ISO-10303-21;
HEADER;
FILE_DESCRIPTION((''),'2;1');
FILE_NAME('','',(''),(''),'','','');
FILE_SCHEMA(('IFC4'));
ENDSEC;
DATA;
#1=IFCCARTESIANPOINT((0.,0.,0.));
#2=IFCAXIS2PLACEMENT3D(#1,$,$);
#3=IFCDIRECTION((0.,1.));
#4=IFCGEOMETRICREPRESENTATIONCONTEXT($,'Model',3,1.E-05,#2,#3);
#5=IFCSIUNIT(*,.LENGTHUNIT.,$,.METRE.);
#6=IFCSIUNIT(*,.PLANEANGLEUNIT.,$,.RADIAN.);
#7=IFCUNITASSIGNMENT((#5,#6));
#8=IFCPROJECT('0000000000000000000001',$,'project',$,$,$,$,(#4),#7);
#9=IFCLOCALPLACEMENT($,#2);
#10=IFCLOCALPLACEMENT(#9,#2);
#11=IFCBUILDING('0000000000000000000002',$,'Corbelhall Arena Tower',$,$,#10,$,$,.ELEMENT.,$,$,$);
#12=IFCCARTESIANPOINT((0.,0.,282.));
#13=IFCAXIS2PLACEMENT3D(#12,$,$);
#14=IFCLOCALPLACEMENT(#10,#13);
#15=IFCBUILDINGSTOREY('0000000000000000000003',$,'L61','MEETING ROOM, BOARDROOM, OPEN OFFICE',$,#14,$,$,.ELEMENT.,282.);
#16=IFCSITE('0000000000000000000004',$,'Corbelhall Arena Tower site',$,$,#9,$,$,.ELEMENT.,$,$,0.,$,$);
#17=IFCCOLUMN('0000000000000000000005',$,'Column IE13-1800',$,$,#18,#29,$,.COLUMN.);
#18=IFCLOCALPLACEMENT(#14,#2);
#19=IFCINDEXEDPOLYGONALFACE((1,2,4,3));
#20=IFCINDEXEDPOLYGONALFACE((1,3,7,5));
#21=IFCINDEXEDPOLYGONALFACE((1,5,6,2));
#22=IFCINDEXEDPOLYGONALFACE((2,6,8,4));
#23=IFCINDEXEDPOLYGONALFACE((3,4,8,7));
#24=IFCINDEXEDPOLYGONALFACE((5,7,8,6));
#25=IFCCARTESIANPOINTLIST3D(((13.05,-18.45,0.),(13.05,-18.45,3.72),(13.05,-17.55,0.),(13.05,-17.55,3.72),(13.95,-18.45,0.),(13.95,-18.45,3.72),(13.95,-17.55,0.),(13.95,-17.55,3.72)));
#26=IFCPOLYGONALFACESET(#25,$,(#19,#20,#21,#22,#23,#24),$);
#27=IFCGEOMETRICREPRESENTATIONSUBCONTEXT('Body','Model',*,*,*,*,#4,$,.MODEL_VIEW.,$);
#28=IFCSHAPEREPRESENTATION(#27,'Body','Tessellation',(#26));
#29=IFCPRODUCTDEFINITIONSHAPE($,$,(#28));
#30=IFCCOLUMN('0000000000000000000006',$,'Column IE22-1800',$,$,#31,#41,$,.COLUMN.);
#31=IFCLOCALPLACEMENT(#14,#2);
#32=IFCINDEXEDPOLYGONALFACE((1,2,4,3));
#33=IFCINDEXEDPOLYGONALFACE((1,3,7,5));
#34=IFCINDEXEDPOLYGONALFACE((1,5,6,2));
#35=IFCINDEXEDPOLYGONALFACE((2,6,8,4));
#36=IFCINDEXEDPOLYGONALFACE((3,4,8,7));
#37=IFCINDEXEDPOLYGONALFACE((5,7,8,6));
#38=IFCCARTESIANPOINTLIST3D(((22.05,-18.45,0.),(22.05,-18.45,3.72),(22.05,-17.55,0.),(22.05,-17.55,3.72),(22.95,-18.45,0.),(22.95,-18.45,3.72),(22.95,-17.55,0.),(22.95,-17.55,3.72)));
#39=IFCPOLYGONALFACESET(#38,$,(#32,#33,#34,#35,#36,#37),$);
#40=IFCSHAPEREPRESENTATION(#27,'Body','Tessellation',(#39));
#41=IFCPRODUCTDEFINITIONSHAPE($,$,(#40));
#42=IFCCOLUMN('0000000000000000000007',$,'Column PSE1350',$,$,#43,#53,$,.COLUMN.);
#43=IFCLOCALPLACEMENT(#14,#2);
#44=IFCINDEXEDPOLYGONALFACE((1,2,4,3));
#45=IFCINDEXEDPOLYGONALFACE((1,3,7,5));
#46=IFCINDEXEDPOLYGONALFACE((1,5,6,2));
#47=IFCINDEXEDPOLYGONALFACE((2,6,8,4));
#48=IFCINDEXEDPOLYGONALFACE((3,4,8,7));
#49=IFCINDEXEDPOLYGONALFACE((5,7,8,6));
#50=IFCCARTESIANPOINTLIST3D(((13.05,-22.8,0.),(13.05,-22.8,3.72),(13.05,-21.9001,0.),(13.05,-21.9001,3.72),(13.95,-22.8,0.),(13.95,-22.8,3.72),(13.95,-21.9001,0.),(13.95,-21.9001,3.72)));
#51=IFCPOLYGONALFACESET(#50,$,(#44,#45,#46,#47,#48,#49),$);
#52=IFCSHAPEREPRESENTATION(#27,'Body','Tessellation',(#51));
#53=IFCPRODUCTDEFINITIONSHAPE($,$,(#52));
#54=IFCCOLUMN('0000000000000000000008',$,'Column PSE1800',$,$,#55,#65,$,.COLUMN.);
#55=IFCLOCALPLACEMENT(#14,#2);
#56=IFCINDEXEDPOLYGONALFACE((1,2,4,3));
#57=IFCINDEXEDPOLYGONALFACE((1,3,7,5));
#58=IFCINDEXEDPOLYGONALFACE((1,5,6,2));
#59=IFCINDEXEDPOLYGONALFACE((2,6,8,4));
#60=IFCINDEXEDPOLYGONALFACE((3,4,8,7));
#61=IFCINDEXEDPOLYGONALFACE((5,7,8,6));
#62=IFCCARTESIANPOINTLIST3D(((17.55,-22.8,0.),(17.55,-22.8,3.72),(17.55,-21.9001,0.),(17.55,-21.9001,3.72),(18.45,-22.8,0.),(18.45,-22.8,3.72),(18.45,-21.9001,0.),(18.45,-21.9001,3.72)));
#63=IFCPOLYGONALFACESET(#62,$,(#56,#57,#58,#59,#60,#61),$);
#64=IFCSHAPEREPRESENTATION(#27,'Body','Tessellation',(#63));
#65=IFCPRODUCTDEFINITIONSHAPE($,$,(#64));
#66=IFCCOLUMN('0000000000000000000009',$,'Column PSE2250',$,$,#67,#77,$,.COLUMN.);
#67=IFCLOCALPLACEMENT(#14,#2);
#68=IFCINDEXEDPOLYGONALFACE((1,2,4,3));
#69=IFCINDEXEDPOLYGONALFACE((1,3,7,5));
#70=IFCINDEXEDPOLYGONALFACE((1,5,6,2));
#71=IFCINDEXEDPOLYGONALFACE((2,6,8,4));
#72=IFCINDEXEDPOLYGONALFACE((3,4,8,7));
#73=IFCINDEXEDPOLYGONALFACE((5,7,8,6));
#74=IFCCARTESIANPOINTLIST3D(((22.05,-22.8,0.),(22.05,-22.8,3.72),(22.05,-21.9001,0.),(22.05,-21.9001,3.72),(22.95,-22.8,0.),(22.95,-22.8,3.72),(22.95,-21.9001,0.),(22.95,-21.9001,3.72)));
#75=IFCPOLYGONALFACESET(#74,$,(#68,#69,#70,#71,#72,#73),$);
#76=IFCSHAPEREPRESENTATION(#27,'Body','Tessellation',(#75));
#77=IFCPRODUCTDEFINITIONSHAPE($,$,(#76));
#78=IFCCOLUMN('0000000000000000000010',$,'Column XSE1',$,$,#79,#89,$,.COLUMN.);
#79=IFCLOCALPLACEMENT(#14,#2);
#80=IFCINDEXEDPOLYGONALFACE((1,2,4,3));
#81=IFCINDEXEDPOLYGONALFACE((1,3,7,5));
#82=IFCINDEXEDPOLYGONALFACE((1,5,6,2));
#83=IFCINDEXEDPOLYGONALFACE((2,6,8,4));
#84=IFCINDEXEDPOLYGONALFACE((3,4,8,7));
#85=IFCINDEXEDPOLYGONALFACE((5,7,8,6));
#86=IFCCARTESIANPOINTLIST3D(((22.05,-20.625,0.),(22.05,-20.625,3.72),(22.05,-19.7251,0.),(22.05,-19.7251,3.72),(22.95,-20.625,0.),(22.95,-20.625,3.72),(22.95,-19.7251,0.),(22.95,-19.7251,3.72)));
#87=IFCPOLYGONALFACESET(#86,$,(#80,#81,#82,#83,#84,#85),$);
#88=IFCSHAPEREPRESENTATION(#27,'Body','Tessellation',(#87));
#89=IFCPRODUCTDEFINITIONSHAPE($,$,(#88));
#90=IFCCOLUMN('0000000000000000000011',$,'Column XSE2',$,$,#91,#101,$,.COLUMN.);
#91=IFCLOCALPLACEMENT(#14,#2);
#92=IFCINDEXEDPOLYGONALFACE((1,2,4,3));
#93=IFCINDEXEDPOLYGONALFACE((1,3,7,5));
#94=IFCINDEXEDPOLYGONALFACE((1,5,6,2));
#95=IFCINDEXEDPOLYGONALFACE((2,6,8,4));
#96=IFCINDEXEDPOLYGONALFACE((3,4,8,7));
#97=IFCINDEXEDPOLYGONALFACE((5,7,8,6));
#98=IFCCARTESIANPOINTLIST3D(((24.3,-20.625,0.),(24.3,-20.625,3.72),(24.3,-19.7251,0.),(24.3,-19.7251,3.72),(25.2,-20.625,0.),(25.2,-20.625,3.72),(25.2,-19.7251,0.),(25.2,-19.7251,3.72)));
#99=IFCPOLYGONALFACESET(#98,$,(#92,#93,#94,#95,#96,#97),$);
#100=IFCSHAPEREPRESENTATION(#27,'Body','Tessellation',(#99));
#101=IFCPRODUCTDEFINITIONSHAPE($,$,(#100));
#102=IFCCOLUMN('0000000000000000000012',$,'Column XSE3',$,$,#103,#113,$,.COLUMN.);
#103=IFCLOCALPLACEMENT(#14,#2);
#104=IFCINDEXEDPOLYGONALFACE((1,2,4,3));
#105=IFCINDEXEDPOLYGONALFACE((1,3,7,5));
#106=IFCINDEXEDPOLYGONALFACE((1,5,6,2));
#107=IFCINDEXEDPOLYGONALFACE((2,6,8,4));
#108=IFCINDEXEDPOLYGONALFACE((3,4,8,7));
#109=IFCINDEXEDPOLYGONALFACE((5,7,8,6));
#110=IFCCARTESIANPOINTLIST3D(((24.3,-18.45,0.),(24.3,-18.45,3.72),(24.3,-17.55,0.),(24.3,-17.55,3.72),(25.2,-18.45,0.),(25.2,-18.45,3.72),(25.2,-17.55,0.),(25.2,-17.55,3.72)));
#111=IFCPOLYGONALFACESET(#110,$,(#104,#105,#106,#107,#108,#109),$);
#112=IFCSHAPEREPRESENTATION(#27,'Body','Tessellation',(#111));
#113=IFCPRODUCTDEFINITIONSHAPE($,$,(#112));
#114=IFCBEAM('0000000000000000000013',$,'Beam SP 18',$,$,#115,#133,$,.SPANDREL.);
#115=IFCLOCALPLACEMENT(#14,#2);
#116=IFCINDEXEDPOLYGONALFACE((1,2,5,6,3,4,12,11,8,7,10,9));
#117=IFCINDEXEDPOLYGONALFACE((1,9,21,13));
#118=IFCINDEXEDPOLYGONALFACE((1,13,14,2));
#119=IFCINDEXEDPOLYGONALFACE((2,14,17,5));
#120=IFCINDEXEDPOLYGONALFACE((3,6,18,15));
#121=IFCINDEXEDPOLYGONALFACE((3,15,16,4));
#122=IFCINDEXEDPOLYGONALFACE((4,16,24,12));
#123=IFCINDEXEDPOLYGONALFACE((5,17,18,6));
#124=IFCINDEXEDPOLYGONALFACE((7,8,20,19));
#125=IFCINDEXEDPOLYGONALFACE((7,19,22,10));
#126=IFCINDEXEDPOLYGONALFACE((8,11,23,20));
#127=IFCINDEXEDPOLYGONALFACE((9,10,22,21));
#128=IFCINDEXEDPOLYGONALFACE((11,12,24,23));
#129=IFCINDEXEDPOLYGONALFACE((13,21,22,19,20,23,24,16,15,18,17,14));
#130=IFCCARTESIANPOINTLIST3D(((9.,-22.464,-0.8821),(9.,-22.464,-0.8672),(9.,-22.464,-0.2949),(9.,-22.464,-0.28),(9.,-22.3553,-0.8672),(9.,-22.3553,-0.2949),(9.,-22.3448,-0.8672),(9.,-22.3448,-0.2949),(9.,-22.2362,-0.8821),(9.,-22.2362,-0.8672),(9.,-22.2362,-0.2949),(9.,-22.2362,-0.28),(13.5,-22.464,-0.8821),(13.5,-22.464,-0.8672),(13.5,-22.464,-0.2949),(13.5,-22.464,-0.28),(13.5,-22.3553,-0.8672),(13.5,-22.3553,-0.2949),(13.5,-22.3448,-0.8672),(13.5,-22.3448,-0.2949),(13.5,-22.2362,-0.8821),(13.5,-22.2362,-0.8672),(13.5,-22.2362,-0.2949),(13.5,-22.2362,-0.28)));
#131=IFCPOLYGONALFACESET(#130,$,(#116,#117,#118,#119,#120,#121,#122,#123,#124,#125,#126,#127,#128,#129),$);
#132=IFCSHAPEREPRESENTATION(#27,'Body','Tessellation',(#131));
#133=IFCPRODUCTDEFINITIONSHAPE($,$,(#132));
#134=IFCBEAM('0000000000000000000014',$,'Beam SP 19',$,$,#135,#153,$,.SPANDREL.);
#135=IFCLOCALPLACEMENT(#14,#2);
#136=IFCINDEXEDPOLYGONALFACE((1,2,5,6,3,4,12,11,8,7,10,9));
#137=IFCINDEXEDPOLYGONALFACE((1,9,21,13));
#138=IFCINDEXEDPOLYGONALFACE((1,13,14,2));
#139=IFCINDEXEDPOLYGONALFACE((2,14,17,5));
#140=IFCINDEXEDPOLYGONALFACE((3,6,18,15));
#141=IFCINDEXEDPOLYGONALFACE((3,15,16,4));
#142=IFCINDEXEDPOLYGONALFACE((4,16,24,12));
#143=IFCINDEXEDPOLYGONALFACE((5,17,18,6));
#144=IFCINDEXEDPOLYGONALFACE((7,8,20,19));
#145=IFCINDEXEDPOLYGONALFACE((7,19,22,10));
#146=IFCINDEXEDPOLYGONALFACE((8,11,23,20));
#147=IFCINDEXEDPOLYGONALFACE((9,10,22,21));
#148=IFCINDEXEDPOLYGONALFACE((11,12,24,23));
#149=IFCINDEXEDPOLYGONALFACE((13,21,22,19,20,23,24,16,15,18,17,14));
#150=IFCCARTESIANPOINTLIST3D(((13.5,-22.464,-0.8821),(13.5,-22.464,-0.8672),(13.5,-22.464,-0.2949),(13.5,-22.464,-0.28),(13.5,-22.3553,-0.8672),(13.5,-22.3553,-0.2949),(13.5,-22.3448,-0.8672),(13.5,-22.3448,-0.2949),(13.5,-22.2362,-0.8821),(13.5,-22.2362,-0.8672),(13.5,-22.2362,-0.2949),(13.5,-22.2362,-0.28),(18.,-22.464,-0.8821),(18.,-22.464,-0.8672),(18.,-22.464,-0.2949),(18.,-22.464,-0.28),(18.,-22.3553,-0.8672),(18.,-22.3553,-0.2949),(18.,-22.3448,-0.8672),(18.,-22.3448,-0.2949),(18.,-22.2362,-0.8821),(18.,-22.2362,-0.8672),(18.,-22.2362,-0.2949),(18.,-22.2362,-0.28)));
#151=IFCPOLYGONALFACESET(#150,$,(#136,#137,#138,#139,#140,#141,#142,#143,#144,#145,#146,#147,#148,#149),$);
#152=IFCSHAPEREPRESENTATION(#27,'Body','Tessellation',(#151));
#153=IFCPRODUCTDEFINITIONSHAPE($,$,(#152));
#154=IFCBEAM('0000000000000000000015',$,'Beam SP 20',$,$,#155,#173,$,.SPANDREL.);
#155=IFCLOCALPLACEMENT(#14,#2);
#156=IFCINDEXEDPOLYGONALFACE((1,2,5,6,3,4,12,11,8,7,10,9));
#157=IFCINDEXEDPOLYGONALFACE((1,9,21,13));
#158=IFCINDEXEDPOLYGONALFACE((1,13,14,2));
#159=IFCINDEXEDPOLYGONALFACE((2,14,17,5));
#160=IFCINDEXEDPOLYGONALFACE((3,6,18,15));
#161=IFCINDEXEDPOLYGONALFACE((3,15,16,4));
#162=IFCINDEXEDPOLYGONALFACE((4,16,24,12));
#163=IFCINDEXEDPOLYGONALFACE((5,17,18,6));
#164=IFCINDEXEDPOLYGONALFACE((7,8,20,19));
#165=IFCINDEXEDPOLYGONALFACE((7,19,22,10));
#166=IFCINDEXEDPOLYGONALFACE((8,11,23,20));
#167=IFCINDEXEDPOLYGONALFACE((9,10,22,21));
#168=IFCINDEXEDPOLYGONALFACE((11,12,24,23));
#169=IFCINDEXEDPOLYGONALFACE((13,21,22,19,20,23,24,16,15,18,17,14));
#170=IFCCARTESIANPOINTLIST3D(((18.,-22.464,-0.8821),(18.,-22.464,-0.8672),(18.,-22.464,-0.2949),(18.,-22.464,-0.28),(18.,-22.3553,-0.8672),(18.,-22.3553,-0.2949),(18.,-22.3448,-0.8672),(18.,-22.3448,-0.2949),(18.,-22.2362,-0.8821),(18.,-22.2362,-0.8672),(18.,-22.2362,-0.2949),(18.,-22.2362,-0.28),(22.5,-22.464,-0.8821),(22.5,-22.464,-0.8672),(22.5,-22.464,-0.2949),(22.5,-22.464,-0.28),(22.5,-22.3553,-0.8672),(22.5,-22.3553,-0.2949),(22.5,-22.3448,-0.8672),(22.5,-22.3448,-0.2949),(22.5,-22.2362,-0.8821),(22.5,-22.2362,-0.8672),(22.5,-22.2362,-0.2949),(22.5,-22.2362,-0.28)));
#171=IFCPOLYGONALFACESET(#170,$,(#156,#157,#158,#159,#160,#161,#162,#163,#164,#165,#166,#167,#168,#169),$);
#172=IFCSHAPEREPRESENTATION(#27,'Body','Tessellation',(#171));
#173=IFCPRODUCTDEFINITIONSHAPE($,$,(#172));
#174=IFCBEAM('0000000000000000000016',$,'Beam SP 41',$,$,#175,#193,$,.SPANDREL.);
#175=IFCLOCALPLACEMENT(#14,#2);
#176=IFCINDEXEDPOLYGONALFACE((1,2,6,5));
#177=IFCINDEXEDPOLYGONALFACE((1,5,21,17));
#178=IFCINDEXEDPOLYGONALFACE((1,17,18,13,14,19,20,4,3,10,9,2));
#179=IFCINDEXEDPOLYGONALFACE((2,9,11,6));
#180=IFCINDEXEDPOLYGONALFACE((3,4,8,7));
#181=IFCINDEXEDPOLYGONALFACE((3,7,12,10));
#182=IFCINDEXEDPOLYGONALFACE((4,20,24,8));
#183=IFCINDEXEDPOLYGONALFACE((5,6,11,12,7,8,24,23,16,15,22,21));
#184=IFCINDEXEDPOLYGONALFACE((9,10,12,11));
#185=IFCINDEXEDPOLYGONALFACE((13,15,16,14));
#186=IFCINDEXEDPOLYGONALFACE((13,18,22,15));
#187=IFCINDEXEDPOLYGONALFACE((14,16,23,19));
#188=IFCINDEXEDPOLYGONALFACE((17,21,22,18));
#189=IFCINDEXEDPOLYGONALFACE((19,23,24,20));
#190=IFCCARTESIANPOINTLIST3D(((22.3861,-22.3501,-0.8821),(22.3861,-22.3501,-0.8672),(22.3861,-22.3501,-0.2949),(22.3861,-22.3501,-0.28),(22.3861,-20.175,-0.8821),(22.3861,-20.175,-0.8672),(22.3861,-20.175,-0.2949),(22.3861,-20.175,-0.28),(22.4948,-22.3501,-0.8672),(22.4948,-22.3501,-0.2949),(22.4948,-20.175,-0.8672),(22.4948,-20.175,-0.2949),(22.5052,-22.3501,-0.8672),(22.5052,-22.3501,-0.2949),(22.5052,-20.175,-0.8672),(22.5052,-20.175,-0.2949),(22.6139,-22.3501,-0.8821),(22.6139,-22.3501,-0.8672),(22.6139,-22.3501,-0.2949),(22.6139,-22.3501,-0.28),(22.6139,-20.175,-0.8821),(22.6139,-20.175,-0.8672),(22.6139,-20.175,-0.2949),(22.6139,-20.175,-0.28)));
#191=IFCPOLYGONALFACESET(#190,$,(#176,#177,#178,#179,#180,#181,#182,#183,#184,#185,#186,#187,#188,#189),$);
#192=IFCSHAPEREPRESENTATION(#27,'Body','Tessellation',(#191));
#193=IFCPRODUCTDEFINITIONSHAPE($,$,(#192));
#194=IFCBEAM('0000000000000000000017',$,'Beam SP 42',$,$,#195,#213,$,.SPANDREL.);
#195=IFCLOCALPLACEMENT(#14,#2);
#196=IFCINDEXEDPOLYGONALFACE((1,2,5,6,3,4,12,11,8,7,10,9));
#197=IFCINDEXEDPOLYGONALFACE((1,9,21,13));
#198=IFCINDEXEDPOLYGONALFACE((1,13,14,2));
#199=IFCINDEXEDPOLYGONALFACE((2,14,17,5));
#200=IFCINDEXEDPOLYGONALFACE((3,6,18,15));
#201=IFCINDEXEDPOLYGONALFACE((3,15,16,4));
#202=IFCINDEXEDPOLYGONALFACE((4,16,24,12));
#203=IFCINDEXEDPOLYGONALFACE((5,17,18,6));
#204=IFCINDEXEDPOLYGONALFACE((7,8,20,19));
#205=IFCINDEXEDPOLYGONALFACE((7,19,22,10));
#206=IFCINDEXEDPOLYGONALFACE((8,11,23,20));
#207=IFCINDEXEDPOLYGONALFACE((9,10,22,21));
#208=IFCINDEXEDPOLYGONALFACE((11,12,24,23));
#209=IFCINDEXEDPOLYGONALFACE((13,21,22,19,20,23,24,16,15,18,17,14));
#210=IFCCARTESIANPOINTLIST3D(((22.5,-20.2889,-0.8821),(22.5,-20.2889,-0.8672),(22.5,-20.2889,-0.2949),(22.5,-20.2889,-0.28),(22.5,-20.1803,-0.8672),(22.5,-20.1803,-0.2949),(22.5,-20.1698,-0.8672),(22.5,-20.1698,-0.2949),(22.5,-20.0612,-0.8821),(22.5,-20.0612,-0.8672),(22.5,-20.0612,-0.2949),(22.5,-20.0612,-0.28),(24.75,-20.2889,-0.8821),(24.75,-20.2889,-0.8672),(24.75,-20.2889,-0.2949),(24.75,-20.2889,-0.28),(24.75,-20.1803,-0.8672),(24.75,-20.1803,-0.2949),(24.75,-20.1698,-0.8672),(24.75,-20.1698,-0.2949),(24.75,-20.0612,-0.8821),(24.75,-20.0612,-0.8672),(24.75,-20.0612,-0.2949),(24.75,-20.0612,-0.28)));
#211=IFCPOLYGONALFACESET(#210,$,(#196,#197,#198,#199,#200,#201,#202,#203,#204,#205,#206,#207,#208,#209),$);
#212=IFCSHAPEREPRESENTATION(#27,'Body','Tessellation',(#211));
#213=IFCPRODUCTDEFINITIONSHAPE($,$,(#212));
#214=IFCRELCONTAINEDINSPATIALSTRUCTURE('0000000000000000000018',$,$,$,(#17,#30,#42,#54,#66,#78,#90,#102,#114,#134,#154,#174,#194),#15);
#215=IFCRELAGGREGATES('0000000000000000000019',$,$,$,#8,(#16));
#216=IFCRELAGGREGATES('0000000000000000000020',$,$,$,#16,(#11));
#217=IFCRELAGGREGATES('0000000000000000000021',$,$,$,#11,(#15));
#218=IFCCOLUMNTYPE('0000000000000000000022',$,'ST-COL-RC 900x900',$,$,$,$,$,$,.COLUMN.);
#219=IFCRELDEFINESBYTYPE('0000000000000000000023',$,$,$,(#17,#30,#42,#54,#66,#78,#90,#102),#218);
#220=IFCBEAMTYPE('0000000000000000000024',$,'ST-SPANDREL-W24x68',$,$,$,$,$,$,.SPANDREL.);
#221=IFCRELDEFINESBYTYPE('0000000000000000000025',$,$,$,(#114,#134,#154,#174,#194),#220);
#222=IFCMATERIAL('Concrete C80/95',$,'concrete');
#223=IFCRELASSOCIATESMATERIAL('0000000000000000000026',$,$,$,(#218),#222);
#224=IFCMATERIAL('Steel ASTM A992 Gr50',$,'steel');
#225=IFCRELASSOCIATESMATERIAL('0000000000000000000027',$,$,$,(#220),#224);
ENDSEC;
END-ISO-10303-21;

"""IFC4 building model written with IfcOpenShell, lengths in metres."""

from ifc_helpers import new_model, si_unit, direction, frame, origin, origin_2d, place, context, subcontext, project, spatial, rectangle, i_section, extrude, material, material_profile, profile_set, type_object, element, save


model = new_model("IFC4")

# Units and contexts
model_context = context("Model", 3, precision=1e-05, world=origin(), true_north=direction((0.0, 1.0)))
body_context = subcontext(model_context, "Body", "Model", "MODEL_VIEW")
ifc_project = project(units=[si_unit("LENGTHUNIT", "METRE"), si_unit("PLANEANGLEUNIT", "RADIAN")], contexts=[model_context])

# Site, building, storey
site_placement = place(None, origin())
site = spatial("IfcSite", under=ifc_project, at=site_placement, Name="Corbelhall Arena Tower site", CompositionType="ELEMENT", RefElevation=0.0)
building_placement = place(site_placement, origin())
building = spatial("IfcBuilding", under=site, at=building_placement, Name="Corbelhall Arena Tower", CompositionType="ELEMENT")
storey_placement = place(building_placement, frame((0.0, 0.0, 282.0)))
storey = spatial("IfcBuildingStorey", under=building, at=storey_placement, Name="L61", Description="MEETING ROOM, BOARDROOM, OPEN OFFICE", CompositionType="ELEMENT", Elevation=282.0)

# Columns
ifc_material_1 = material(Name="Concrete C80/95", Category="concrete")
ifc_material_profile_1 = material_profile(ifc_material_1, rectangle(XDim=0.8999, YDim=0.8999, at=origin_2d()))
ifc_profile_set_1 = profile_set([ifc_material_profile_1], Name="Concrete C80/95")
column_type = type_object("IfcColumnType", Name="ST-COL-RC 900x900", PredefinedType="COLUMN", material=ifc_profile_set_1)
for number, where, z_axis, x_axis, name in (
    (1, (13.5, -18.0, 0.0), (0.0, 0.0, 1.0), (1.0, 0.0, 0.0), "Column IE13-1800"),
    (2, (22.5, -18.0, 0.0), (0.0, 0.0, 1.0), (1.0, 0.0, 0.0), "Column IE22-1800"),
    (3, (13.5, -22.3501, 0.0), (0.0, 0.0, 1.0), (1.0, 0.0, 0.0), "Column PSE1350"),
    (4, (18.0, -22.3501, 0.0), (0.0, 0.0, 1.0), (1.0, 0.0, 0.0), "Column PSE1800"),
    (5, (22.5, -22.3501, 0.0), (0.0, 0.0, 1.0), (1.0, 0.0, 0.0), "Column PSE2250"),
    (6, (22.5, -20.175, 0.0), (0.0, 0.0, 1.0), (1.0, 0.0, 0.0), "Column XSE1"),
    (7, (24.75, -20.175, 0.0), (0.0, 0.0, 1.0), (1.0, 0.0, 0.0), "Column XSE2"),
    (8, (24.75, -18.0, 0.0), (0.0, 0.0, 1.0), (1.0, 0.0, 0.0), "Column XSE3"),
):
    element("IfcColumn", number, at=place(storey_placement, frame(where, z_axis=z_axis, x_axis=x_axis)), inside=storey, type_object=column_type, Name=name, PredefinedType="COLUMN", context=body_context, shape_type="SweptSolid", body=[
        extrude(rectangle(XDim=0.8999, YDim=0.8999, at=origin_2d()), origin(), (0.0, 0.0, 1.0), 3.72),
    ])

# Beams
ifc_material_2 = material(Name="Steel ASTM A992 Gr50", Category="steel")
ifc_material_profile_2 = material_profile(ifc_material_2, i_section(OverallWidth=0.2278, OverallDepth=0.6021, WebThickness=0.0105, FlangeThickness=0.0149, at=origin_2d()))
ifc_profile_set_2 = profile_set([ifc_material_profile_2], Name="Steel ASTM A992 Gr50")
beam_type = type_object("IfcBeamType", Name="ST-SPANDREL-W24x68", PredefinedType="SPANDREL", material=ifc_profile_set_2)
for number, where, z_axis, x_axis, name in (
    (9, (13.5, -22.3501, -0.5811), (-1.0, 0.0, 0.0), (0.0, -1.0, 0.0), "Beam SP 18"),
    (10, (18.0, -22.3501, -0.5811), (-1.0, 0.0, 0.0), (0.0, -1.0, 0.0), "Beam SP 19"),
    (11, (22.5, -22.3501, -0.5811), (-1.0, 0.0, 0.0), (0.0, -1.0, 0.0), "Beam SP 20"),
):
    element("IfcBeam", number, at=place(storey_placement, frame(where, z_axis=z_axis, x_axis=x_axis)), inside=storey, type_object=beam_type, Name=name, PredefinedType="SPANDREL", context=body_context, shape_type="SweptSolid", body=[
        extrude(i_section(OverallWidth=0.2278, OverallDepth=0.6021, WebThickness=0.0105, FlangeThickness=0.0149, at=origin_2d()), origin(), (0.0, 0.0, 1.0), 4.5),
    ])
beam_1_placement = place(storey_placement, frame((22.5, -20.175, -0.5811), z_axis=(0.0, -1.0, 0.0), x_axis=(1.0, 0.0, 0.0)))
element("IfcBeam", 12, at=beam_1_placement, inside=storey, type_object=beam_type, Name="Beam SP 41", PredefinedType="SPANDREL", context=body_context, shape_type="SweptSolid", body=[
    extrude(i_section(OverallWidth=0.2278, OverallDepth=0.6021, WebThickness=0.0105, FlangeThickness=0.0149, at=origin_2d()), origin(), (0.0, 0.0, 1.0), 2.175),
])
beam_2_placement = place(storey_placement, frame((24.75, -20.175, -0.5811), z_axis=(-1.0, 0.0, 0.0), x_axis=(0.0, -1.0, 0.0)))
element("IfcBeam", 13, at=beam_2_placement, inside=storey, type_object=beam_type, Name="Beam SP 42", PredefinedType="SPANDREL", context=body_context, shape_type="SweptSolid", body=[
    extrude(i_section(OverallWidth=0.2278, OverallDepth=0.6021, WebThickness=0.0105, FlangeThickness=0.0149, at=origin_2d()), origin(), (0.0, 0.0, 1.0), 2.25),
])

save(model, "model.ifc")
